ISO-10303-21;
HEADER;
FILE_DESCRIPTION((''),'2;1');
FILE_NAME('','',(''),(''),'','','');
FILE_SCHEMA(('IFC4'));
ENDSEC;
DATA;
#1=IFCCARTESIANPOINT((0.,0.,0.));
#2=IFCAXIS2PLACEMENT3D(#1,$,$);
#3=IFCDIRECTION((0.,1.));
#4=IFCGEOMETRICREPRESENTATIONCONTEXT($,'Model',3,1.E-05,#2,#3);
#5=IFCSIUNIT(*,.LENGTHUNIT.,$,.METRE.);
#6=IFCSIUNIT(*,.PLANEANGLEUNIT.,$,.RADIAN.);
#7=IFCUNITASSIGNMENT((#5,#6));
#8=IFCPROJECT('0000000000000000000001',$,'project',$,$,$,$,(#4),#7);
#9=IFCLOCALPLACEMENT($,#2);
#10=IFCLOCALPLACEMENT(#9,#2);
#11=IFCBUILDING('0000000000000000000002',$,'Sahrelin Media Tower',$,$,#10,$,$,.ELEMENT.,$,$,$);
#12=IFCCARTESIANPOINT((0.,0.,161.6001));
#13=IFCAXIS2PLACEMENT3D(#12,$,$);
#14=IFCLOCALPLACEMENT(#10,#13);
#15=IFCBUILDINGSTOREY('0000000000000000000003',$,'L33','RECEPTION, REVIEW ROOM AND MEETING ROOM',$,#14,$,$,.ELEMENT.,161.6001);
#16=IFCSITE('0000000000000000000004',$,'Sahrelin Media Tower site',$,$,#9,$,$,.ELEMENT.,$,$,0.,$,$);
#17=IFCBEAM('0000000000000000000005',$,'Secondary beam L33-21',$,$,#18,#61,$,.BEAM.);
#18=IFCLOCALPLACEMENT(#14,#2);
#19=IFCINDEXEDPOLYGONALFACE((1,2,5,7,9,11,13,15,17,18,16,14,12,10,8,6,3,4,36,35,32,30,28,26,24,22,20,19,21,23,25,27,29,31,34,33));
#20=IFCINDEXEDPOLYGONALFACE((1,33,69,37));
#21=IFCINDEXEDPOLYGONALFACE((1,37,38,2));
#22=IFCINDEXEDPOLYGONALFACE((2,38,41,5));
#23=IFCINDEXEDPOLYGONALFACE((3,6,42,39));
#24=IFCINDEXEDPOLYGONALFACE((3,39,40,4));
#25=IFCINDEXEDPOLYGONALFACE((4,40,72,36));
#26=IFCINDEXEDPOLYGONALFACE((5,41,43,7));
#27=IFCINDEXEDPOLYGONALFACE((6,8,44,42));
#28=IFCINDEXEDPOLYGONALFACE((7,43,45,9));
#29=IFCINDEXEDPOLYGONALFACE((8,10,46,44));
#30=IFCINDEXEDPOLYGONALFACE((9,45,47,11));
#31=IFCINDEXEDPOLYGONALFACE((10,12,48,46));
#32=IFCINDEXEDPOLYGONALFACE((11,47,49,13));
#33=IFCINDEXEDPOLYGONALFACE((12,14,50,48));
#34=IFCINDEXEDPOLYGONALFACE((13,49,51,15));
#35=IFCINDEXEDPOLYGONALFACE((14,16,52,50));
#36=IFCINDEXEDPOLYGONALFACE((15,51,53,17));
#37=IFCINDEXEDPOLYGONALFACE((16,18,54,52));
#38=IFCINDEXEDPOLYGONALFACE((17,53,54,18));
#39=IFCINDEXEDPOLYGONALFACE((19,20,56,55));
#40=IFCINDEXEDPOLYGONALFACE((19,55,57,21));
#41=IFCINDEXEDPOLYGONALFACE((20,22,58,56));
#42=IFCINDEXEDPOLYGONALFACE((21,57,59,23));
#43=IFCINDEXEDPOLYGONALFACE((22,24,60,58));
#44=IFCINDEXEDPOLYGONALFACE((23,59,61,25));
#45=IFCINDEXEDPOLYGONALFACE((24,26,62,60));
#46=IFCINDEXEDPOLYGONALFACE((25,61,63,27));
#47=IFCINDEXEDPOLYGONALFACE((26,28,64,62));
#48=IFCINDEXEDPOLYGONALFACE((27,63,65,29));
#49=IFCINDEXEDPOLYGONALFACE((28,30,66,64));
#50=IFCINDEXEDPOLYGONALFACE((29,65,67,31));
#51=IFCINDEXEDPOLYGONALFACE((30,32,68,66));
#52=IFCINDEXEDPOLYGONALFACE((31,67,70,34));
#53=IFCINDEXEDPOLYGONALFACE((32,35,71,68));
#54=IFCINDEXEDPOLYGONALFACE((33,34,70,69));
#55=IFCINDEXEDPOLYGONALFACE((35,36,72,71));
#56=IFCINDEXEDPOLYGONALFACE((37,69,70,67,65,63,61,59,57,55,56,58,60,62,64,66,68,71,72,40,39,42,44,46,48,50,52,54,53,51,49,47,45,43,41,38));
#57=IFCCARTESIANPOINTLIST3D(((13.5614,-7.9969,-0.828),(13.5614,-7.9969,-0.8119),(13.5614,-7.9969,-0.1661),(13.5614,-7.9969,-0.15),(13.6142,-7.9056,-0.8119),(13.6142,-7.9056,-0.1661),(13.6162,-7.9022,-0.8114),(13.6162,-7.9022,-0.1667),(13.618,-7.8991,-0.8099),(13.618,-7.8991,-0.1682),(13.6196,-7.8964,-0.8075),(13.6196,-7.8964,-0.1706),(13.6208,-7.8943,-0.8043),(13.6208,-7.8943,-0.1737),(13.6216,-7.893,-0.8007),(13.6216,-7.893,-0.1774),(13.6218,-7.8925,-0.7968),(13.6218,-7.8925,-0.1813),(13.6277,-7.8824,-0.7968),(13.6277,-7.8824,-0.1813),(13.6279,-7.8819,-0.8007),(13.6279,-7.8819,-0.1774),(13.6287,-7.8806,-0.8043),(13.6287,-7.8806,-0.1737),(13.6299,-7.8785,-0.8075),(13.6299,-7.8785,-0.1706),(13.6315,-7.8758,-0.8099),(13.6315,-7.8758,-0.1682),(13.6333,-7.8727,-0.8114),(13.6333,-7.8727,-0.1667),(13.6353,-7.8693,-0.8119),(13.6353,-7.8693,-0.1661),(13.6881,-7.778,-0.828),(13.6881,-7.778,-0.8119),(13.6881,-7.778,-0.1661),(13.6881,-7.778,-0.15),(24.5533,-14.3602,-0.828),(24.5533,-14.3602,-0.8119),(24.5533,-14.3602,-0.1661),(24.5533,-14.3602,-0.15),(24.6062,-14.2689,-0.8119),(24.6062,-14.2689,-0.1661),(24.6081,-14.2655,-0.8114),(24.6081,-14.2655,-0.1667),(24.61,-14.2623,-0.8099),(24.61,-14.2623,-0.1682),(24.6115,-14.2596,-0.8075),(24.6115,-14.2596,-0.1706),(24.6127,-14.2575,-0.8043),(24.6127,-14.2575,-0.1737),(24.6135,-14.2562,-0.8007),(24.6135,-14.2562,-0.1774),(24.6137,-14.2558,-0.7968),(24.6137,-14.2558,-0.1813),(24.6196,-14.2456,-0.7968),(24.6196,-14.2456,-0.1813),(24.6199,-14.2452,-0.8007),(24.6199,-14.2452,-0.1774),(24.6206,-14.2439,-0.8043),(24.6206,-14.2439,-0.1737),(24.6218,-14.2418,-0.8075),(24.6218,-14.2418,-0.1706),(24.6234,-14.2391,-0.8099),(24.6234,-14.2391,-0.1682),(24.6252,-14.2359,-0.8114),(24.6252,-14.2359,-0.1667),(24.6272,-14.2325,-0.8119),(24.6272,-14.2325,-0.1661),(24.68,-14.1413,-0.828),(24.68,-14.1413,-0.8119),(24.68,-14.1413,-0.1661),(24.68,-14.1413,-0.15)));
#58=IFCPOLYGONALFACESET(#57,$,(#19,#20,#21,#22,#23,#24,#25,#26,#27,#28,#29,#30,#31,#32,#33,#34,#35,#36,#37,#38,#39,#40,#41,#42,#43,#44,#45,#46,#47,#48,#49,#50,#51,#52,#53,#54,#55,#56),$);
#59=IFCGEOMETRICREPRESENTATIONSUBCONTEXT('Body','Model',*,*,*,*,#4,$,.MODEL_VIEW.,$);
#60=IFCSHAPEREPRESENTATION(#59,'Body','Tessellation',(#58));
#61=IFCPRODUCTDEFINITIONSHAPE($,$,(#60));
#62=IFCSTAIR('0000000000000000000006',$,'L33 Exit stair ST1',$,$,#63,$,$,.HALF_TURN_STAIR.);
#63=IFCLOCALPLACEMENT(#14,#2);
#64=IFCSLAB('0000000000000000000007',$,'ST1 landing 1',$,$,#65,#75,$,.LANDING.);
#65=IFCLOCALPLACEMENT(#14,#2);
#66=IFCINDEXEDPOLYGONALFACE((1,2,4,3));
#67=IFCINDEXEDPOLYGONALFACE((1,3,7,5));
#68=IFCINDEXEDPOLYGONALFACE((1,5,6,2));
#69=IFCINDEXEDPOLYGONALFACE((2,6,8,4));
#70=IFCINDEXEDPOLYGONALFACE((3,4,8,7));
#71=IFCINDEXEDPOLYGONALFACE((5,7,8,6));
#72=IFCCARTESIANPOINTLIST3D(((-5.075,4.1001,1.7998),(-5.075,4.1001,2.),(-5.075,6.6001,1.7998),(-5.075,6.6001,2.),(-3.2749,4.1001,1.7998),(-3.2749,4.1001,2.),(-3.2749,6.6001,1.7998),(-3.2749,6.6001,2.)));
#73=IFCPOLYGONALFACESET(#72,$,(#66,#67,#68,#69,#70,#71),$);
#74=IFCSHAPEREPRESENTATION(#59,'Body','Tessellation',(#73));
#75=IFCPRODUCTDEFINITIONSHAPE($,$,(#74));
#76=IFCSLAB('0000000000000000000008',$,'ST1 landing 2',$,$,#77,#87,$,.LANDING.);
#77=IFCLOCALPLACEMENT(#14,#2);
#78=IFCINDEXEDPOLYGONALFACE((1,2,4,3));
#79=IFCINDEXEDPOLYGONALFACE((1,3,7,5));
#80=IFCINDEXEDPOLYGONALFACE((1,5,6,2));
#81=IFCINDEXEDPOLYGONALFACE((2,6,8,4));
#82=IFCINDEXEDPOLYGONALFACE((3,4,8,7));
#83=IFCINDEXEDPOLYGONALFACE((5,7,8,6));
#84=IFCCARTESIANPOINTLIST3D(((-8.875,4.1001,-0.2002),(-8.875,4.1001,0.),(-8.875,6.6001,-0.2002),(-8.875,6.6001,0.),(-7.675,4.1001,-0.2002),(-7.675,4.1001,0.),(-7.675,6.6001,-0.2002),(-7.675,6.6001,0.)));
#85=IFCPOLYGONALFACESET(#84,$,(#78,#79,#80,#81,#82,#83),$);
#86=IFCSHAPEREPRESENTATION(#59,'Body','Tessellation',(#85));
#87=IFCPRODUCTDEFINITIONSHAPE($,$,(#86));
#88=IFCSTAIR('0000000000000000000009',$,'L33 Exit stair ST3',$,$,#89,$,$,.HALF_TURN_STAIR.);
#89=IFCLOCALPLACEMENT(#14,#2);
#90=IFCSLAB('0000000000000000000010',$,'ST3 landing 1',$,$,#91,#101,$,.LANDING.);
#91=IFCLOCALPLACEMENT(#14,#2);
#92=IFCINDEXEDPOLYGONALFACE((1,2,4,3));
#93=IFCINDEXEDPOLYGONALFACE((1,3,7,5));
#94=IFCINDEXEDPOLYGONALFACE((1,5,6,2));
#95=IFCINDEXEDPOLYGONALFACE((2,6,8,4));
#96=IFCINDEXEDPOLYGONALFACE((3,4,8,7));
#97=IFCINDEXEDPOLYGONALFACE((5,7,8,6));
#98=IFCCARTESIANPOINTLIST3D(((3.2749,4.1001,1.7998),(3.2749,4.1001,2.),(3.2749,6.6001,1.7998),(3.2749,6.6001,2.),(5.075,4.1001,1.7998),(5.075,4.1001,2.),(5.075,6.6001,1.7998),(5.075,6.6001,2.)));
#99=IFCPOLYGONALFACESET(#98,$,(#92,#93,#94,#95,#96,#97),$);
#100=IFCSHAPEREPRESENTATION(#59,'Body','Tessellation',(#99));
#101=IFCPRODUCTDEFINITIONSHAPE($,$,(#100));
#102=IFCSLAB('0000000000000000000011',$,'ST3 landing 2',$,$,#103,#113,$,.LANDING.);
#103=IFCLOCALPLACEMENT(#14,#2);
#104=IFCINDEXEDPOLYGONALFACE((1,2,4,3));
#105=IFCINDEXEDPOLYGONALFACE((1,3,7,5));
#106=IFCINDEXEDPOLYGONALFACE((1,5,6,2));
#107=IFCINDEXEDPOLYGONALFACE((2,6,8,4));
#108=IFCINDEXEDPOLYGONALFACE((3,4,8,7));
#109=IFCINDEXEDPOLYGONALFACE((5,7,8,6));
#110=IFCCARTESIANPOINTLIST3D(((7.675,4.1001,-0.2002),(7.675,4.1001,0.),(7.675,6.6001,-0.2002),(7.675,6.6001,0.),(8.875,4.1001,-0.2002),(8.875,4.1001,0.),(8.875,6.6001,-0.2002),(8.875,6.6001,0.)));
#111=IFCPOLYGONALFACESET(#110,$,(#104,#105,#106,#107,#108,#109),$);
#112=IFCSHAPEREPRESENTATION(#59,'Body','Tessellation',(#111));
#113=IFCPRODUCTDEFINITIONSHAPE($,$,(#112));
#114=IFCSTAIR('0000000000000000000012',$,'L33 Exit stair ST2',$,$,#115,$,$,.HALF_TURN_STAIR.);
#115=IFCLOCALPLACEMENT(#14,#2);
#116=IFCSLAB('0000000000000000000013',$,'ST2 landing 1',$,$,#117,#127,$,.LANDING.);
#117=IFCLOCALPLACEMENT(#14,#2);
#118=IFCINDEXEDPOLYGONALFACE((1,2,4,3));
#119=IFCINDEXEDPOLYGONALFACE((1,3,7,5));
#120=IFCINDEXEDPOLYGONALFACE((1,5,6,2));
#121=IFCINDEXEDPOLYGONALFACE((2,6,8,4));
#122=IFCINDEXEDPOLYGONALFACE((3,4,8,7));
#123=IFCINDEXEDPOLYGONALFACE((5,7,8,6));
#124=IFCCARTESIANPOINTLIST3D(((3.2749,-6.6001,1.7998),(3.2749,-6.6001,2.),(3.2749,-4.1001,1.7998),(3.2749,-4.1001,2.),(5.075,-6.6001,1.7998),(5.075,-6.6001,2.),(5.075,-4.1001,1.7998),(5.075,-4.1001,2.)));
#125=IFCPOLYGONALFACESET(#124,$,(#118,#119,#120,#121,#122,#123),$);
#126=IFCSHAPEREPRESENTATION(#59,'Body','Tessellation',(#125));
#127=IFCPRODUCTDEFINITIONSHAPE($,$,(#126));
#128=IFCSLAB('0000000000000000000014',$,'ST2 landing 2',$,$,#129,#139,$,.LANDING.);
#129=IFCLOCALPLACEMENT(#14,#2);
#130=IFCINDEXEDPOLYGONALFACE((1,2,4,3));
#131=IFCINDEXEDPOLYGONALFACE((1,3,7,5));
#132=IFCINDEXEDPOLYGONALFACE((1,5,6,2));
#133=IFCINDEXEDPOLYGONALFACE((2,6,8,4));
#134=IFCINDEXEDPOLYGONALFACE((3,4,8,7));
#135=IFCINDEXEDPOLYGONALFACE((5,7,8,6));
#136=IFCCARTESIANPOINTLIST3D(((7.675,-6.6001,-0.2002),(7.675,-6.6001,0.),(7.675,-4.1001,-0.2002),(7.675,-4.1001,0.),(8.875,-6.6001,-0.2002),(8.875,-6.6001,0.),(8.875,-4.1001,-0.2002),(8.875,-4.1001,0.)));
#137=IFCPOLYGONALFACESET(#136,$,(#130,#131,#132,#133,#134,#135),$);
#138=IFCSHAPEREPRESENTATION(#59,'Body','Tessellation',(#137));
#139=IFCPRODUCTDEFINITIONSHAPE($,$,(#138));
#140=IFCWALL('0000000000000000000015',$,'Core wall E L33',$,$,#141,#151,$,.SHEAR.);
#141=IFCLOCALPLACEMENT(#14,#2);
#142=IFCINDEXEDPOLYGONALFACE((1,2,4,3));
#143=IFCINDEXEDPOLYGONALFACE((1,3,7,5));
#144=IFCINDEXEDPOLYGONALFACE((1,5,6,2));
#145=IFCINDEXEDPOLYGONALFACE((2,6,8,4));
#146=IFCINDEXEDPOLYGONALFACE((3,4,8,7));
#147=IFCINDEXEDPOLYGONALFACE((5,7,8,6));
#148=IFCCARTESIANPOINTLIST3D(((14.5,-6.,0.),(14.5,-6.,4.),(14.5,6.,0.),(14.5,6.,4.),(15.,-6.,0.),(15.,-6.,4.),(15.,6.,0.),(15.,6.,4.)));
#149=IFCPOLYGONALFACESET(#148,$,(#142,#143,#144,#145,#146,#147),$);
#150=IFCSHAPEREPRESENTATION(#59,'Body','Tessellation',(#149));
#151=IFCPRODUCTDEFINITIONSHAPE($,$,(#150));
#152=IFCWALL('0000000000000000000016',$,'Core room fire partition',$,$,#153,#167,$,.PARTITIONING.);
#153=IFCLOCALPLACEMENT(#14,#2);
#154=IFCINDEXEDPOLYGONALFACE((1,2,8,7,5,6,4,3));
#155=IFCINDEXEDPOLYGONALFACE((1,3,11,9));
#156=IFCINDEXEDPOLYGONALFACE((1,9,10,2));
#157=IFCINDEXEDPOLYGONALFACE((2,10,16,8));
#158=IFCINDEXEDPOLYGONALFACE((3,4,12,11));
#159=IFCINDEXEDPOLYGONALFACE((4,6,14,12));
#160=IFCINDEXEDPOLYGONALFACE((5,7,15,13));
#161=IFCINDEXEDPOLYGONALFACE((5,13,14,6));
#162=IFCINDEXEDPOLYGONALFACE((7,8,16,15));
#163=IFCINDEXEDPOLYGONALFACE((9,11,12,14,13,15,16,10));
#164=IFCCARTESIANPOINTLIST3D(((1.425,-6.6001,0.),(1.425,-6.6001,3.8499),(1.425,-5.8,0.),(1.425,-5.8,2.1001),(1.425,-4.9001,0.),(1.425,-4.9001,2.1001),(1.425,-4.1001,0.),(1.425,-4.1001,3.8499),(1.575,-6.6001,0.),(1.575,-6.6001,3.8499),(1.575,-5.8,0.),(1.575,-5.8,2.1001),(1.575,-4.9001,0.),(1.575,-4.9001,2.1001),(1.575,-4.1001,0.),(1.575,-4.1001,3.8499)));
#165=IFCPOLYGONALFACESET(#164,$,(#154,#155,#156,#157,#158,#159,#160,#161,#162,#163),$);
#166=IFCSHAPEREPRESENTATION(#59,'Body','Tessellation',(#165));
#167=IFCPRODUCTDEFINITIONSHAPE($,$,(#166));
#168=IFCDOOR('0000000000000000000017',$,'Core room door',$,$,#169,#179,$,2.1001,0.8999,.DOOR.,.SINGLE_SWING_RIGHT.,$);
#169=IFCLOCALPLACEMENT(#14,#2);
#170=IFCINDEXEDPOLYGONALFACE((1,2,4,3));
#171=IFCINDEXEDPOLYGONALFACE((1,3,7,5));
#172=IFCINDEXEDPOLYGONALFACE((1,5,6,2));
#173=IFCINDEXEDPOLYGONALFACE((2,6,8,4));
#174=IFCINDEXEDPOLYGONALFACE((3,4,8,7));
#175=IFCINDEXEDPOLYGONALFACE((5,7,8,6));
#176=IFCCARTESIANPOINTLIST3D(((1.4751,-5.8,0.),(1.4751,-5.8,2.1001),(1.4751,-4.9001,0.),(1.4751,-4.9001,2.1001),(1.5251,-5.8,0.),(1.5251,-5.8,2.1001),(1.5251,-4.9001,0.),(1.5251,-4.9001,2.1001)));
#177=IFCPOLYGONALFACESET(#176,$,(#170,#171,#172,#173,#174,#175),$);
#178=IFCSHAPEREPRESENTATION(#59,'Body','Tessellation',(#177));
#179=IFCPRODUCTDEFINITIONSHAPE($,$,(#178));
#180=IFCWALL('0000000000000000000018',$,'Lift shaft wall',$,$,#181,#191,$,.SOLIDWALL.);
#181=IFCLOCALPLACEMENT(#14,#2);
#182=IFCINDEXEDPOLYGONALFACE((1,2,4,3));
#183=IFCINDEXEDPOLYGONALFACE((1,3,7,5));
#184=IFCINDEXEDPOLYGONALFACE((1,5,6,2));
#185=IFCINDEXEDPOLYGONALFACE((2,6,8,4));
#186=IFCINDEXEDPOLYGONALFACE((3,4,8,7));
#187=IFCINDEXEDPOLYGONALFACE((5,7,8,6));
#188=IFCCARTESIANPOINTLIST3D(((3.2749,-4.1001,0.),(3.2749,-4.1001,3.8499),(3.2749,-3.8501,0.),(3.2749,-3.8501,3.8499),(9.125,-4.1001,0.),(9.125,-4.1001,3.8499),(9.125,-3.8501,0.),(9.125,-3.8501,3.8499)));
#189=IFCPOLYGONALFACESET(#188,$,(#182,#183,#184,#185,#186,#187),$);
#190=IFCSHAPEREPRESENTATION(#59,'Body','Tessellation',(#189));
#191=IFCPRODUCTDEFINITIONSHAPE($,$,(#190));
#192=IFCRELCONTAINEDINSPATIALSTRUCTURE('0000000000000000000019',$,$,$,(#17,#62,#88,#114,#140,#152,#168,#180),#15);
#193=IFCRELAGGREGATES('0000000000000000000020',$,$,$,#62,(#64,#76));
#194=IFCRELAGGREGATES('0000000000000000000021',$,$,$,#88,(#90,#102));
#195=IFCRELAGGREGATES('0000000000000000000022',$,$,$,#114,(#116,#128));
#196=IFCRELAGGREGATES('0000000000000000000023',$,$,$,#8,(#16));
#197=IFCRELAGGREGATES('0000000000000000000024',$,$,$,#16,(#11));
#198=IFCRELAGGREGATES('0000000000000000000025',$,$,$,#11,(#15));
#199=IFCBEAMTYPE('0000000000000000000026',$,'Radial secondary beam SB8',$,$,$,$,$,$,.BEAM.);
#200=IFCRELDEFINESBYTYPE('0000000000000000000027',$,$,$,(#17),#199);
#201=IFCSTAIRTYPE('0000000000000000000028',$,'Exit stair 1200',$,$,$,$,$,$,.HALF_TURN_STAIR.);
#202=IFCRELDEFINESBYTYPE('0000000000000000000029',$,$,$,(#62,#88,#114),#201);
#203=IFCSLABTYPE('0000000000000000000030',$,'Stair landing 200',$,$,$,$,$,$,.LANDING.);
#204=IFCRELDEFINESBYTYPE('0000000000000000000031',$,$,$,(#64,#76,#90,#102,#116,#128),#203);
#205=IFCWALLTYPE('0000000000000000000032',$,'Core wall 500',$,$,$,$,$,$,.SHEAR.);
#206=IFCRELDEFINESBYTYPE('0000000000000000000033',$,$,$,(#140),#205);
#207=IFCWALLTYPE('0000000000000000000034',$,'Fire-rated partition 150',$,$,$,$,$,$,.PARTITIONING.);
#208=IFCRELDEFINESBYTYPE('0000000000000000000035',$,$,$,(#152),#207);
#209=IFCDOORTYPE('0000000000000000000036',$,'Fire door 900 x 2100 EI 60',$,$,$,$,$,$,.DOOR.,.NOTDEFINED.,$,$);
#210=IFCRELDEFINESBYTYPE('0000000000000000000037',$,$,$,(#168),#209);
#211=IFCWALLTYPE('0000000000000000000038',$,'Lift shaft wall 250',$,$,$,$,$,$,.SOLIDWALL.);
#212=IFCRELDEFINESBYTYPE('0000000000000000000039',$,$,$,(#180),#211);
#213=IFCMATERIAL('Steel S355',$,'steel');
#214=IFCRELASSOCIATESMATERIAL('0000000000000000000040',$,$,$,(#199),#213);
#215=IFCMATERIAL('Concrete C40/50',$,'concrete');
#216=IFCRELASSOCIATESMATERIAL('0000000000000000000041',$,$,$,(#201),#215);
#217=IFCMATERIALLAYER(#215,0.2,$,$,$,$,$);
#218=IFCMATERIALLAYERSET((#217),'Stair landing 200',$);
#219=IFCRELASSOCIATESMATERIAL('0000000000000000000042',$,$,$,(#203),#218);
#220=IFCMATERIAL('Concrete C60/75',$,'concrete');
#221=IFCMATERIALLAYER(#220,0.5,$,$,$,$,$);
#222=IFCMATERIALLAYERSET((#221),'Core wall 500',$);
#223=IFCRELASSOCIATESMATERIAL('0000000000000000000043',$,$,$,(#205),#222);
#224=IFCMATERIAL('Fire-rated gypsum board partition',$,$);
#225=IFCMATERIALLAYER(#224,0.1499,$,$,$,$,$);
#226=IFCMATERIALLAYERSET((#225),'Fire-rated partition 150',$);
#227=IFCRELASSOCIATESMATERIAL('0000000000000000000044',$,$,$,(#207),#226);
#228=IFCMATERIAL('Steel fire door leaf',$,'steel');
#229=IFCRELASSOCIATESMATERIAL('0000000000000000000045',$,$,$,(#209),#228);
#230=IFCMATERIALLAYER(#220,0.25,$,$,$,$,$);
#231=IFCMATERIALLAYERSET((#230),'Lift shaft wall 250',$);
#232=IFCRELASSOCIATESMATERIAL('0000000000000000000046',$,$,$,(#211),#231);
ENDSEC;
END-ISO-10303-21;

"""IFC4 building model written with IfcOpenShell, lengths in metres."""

from ifc_helpers import new_model, si_unit, direction, frame, frame_2d, origin, origin_2d, place, context, subcontext, project, spatial, polyline, rectangle, i_section, outline, extrude, material, layer, layer_set, material_profile, profile_set, type_object, element, fill, aggregate, save


model = new_model("IFC4")

# Units and contexts
model_context = context("Model", 3, precision=1e-05, world=origin(), true_north=direction((0.0, 1.0)))
body_context = subcontext(model_context, "Body", "Model", "MODEL_VIEW")
ifc_project = project(units=[si_unit("LENGTHUNIT", "METRE"), si_unit("PLANEANGLEUNIT", "RADIAN")], contexts=[model_context])

# Site, building, storey
site_placement = place(None, origin())
site = spatial("IfcSite", under=ifc_project, at=site_placement, Name="Sahrelin Media Tower site", CompositionType="ELEMENT", RefElevation=0.0)
building_placement = place(site_placement, origin())
building = spatial("IfcBuilding", under=site, at=building_placement, Name="Sahrelin Media Tower", CompositionType="ELEMENT")
storey_placement = place(building_placement, frame((0.0, 0.0, 161.6001)))
storey = spatial("IfcBuildingStorey", under=building, at=storey_placement, Name="L33", Description="RECEPTION, REVIEW ROOM AND MEETING ROOM", CompositionType="ELEMENT", Elevation=161.6001)

# Beam
ifc_material_1 = material(Name="Steel S355", Category="steel")
ifc_material_profile = material_profile(ifc_material_1, i_section(OverallWidth=0.2529, OverallDepth=0.678, WebThickness=0.0117, FlangeThickness=0.0161, FilletRadius=0.0151, at=origin_2d()), Name="UB 686x254x125")
ifc_profile_set = profile_set([ifc_material_profile], Name="Steel S355")
beam_type = type_object("IfcBeamType", Name="Radial secondary beam SB8", PredefinedType="BEAM", material=ifc_profile_set)
beam_placement = place(storey_placement, frame((13.6248, -7.8875, -0.489), z_axis=(0.865443, -0.501008, 0.0), x_axis=(0.501008, 0.865443, 0.0)))
element("IfcBeam", 1, at=beam_placement, inside=storey, type_object=beam_type, Name="Secondary beam L33-21", PredefinedType="BEAM", context=body_context, shape_type="SweptSolid", body=[
    extrude(i_section(OverallWidth=0.2529, OverallDepth=0.678, WebThickness=0.0117, FlangeThickness=0.0161, FilletRadius=0.0151, at=origin_2d()), origin(), (0.0, 0.0, 1.0), 12.7009),
])

# Stairs, slabs
ifc_material_2 = material(Name="Concrete C40/50", Category="concrete")
stair_type = type_object("IfcStairType", Name="Exit stair 1200", PredefinedType="HALF_TURN_STAIR", material=ifc_material_2)
placement_1 = place(storey_placement, origin())
stair_1 = element("IfcStair", 2, at=placement_1, inside=storey, type_object=stair_type, Name="L33 Exit stair ST1", PredefinedType="HALF_TURN_STAIR")
ifc_layer_1 = layer(ifc_material_2, 0.2)
ifc_layer_set_1 = layer_set([ifc_layer_1], Name="Stair landing 200")
slab_type = type_object("IfcSlabType", Name="Stair landing 200", PredefinedType="LANDING", material=ifc_layer_set_1)
placement_2 = place(storey_placement, frame((0.0, 0.0, 1.7998)))
slab_1 = element("IfcSlab", 3, at=placement_2, type_object=slab_type, Name="ST1 landing 1", PredefinedType="LANDING", context=body_context, shape_type="SweptSolid", body=[
    extrude(outline(polyline([(-5.075, 4.1001), (-3.2749, 4.1001), (-3.2749, 6.6001), (-5.075, 6.6001), (-5.075, 4.1001)])), origin(), (0.0, 0.0, 1.0), 0.2002),
])
placement_3 = place(storey_placement, frame((0.0, 0.0, -0.2002)))
slab_2 = element("IfcSlab", 4, at=placement_3, type_object=slab_type, Name="ST1 landing 2", PredefinedType="LANDING", context=body_context, shape_type="SweptSolid", body=[
    extrude(outline(polyline([(-8.875, 4.1001), (-7.675, 4.1001), (-7.675, 6.6001), (-8.875, 6.6001), (-8.875, 4.1001)])), origin(), (0.0, 0.0, 1.0), 0.2002),
])
aggregate(stair_1, [slab_1, slab_2])
stair_2 = element("IfcStair", 5, at=placement_1, inside=storey, type_object=stair_type, Name="L33 Exit stair ST3", PredefinedType="HALF_TURN_STAIR")
slab_3 = element("IfcSlab", 6, at=placement_2, type_object=slab_type, Name="ST3 landing 1", PredefinedType="LANDING", context=body_context, shape_type="SweptSolid", body=[
    extrude(outline(polyline([(5.075, 6.6001), (3.2749, 6.6001), (3.2749, 4.1001), (5.075, 4.1001), (5.075, 6.6001)])), origin(), (0.0, 0.0, 1.0), 0.2002),
])
slab_4 = element("IfcSlab", 7, at=placement_3, type_object=slab_type, Name="ST3 landing 2", PredefinedType="LANDING", context=body_context, shape_type="SweptSolid", body=[
    extrude(outline(polyline([(8.875, 6.6001), (7.675, 6.6001), (7.675, 4.1001), (8.875, 4.1001), (8.875, 6.6001)])), origin(), (0.0, 0.0, 1.0), 0.2002),
])
aggregate(stair_2, [slab_3, slab_4])
stair_3 = element("IfcStair", 8, at=placement_1, inside=storey, type_object=stair_type, Name="L33 Exit stair ST2", PredefinedType="HALF_TURN_STAIR")
slab_5 = element("IfcSlab", 9, at=placement_2, type_object=slab_type, Name="ST2 landing 1", PredefinedType="LANDING", context=body_context, shape_type="SweptSolid", body=[
    extrude(outline(polyline([(5.075, -4.1001), (3.2749, -4.1001), (3.2749, -6.6001), (5.075, -6.6001), (5.075, -4.1001)])), origin(), (0.0, 0.0, 1.0), 0.2002),
])
slab_6 = element("IfcSlab", 10, at=placement_3, type_object=slab_type, Name="ST2 landing 2", PredefinedType="LANDING", context=body_context, shape_type="SweptSolid", body=[
    extrude(outline(polyline([(8.875, -4.1001), (7.675, -4.1001), (7.675, -6.6001), (8.875, -6.6001), (8.875, -4.1001)])), origin(), (0.0, 0.0, 1.0), 0.2002),
])
aggregate(stair_3, [slab_5, slab_6])

# Wall
ifc_material_3 = material(Name="Concrete C60/75", Category="concrete")
ifc_layer_2 = layer(ifc_material_3, 0.5)
ifc_layer_set_2 = layer_set([ifc_layer_2], Name="Core wall 500")
wall_type_1 = type_object("IfcWallType", Name="Core wall 500", PredefinedType="SHEAR", material=ifc_layer_set_2)
wall_1_placement = place(storey_placement, frame((14.75, -6.0, 0.0), z_axis=(0.0, 0.0, 1.0), x_axis=(0.0, 1.0, 0.0)))
element("IfcWall", 11, at=wall_1_placement, inside=storey, type_object=wall_type_1, Name="Core wall E L33", PredefinedType="SHEAR", context=body_context, shape_type="SweptSolid", body=[
    extrude(rectangle(XDim=12.0, YDim=0.5, at=frame_2d((6.0, 0.0))), origin(), (0.0, 0.0, 1.0), 4.0),
])

# Wall, opening, door
ifc_material_4 = material(Name="Fire-rated gypsum board partition")
ifc_layer_3 = layer(ifc_material_4, 0.1499)
ifc_layer_set_3 = layer_set([ifc_layer_3], Name="Fire-rated partition 150")
wall_type_2 = type_object("IfcWallType", Name="Fire-rated partition 150", PredefinedType="PARTITIONING", material=ifc_layer_set_3)
wall_2_placement = place(storey_placement, frame((1.5, -6.6001, 0.0), z_axis=(0.0, 0.0, 1.0), x_axis=(0.0, 1.0, 0.0)))
wall_2 = element("IfcWall", 12, at=wall_2_placement, inside=storey, type_object=wall_type_2, Name="Core room fire partition", PredefinedType="PARTITIONING", context=body_context, shape_type="SweptSolid", body=[
    extrude(rectangle(XDim=2.5, YDim=0.1499, at=frame_2d((1.25, 0.0))), origin(), (0.0, 0.0, 1.0), 3.8499),
])
opening_1_placement = place(wall_2_placement, frame((0.8, 0.0, 0.0)))
opening_1 = element("IfcOpeningElement", 13, at=opening_1_placement, cuts=wall_2, PredefinedType="OPENING", context=body_context, shape_type="SweptSolid", body=[
    extrude(rectangle(XDim=0.8999, YDim=2.1001, at=frame_2d((0.45, 1.05))), frame((0.0, 0.075, 0.0), z_axis=(0.0, -1.0, 0.0), x_axis=(1.0, 0.0, 0.0)), (0.0, 0.0, 1.0), 0.1499),
])
ifc_material_5 = material(Name="Steel fire door leaf", Category="steel")
door_type_1 = type_object("IfcDoorType", Name="Fire door 900 x 2100 EI 60", OperationType="NOTDEFINED", PredefinedType="DOOR", material=ifc_material_5)
door_1_placement = place(opening_1_placement, origin())
door_1 = element("IfcDoor", 14, at=door_1_placement, inside=storey, type_object=door_type_1, Name="Core room door", OperationType="SINGLE_SWING_RIGHT", OverallHeight=2.1001, OverallWidth=0.8999, PredefinedType="DOOR", context=body_context, shape_type="SweptSolid", body=[
    extrude(rectangle(XDim=0.8999, YDim=2.1001, at=frame_2d((0.45, 1.05))), frame((0.0, 0.0249, 0.0), z_axis=(0.0, -1.0, 0.0), x_axis=(1.0, 0.0, 0.0)), (0.0, 0.0, 1.0), 0.05),
])
fill(opening_1, door_1)

# Wall
ifc_layer_4 = layer(ifc_material_3, 0.25)
ifc_layer_set_4 = layer_set([ifc_layer_4], Name="Lift shaft wall 250")
wall_type_3 = type_object("IfcWallType", Name="Lift shaft wall 250", PredefinedType="SOLIDWALL", material=ifc_layer_set_4)
wall_3_placement = place(storey_placement, frame((3.2749, -3.9751, 0.0), z_axis=(0.0, 0.0, 1.0), x_axis=(1.0, 0.0, 0.0)))
element("IfcWall", 15, at=wall_3_placement, inside=storey, type_object=wall_type_3, Name="Lift shaft wall", PredefinedType="SOLIDWALL", context=body_context, shape_type="SweptSolid", body=[
    extrude(rectangle(XDim=5.8501, YDim=0.25, at=frame_2d((2.925, 0.0))), origin(), (0.0, 0.0, 1.0), 3.8499),
])

save(model, "model.ifc")
